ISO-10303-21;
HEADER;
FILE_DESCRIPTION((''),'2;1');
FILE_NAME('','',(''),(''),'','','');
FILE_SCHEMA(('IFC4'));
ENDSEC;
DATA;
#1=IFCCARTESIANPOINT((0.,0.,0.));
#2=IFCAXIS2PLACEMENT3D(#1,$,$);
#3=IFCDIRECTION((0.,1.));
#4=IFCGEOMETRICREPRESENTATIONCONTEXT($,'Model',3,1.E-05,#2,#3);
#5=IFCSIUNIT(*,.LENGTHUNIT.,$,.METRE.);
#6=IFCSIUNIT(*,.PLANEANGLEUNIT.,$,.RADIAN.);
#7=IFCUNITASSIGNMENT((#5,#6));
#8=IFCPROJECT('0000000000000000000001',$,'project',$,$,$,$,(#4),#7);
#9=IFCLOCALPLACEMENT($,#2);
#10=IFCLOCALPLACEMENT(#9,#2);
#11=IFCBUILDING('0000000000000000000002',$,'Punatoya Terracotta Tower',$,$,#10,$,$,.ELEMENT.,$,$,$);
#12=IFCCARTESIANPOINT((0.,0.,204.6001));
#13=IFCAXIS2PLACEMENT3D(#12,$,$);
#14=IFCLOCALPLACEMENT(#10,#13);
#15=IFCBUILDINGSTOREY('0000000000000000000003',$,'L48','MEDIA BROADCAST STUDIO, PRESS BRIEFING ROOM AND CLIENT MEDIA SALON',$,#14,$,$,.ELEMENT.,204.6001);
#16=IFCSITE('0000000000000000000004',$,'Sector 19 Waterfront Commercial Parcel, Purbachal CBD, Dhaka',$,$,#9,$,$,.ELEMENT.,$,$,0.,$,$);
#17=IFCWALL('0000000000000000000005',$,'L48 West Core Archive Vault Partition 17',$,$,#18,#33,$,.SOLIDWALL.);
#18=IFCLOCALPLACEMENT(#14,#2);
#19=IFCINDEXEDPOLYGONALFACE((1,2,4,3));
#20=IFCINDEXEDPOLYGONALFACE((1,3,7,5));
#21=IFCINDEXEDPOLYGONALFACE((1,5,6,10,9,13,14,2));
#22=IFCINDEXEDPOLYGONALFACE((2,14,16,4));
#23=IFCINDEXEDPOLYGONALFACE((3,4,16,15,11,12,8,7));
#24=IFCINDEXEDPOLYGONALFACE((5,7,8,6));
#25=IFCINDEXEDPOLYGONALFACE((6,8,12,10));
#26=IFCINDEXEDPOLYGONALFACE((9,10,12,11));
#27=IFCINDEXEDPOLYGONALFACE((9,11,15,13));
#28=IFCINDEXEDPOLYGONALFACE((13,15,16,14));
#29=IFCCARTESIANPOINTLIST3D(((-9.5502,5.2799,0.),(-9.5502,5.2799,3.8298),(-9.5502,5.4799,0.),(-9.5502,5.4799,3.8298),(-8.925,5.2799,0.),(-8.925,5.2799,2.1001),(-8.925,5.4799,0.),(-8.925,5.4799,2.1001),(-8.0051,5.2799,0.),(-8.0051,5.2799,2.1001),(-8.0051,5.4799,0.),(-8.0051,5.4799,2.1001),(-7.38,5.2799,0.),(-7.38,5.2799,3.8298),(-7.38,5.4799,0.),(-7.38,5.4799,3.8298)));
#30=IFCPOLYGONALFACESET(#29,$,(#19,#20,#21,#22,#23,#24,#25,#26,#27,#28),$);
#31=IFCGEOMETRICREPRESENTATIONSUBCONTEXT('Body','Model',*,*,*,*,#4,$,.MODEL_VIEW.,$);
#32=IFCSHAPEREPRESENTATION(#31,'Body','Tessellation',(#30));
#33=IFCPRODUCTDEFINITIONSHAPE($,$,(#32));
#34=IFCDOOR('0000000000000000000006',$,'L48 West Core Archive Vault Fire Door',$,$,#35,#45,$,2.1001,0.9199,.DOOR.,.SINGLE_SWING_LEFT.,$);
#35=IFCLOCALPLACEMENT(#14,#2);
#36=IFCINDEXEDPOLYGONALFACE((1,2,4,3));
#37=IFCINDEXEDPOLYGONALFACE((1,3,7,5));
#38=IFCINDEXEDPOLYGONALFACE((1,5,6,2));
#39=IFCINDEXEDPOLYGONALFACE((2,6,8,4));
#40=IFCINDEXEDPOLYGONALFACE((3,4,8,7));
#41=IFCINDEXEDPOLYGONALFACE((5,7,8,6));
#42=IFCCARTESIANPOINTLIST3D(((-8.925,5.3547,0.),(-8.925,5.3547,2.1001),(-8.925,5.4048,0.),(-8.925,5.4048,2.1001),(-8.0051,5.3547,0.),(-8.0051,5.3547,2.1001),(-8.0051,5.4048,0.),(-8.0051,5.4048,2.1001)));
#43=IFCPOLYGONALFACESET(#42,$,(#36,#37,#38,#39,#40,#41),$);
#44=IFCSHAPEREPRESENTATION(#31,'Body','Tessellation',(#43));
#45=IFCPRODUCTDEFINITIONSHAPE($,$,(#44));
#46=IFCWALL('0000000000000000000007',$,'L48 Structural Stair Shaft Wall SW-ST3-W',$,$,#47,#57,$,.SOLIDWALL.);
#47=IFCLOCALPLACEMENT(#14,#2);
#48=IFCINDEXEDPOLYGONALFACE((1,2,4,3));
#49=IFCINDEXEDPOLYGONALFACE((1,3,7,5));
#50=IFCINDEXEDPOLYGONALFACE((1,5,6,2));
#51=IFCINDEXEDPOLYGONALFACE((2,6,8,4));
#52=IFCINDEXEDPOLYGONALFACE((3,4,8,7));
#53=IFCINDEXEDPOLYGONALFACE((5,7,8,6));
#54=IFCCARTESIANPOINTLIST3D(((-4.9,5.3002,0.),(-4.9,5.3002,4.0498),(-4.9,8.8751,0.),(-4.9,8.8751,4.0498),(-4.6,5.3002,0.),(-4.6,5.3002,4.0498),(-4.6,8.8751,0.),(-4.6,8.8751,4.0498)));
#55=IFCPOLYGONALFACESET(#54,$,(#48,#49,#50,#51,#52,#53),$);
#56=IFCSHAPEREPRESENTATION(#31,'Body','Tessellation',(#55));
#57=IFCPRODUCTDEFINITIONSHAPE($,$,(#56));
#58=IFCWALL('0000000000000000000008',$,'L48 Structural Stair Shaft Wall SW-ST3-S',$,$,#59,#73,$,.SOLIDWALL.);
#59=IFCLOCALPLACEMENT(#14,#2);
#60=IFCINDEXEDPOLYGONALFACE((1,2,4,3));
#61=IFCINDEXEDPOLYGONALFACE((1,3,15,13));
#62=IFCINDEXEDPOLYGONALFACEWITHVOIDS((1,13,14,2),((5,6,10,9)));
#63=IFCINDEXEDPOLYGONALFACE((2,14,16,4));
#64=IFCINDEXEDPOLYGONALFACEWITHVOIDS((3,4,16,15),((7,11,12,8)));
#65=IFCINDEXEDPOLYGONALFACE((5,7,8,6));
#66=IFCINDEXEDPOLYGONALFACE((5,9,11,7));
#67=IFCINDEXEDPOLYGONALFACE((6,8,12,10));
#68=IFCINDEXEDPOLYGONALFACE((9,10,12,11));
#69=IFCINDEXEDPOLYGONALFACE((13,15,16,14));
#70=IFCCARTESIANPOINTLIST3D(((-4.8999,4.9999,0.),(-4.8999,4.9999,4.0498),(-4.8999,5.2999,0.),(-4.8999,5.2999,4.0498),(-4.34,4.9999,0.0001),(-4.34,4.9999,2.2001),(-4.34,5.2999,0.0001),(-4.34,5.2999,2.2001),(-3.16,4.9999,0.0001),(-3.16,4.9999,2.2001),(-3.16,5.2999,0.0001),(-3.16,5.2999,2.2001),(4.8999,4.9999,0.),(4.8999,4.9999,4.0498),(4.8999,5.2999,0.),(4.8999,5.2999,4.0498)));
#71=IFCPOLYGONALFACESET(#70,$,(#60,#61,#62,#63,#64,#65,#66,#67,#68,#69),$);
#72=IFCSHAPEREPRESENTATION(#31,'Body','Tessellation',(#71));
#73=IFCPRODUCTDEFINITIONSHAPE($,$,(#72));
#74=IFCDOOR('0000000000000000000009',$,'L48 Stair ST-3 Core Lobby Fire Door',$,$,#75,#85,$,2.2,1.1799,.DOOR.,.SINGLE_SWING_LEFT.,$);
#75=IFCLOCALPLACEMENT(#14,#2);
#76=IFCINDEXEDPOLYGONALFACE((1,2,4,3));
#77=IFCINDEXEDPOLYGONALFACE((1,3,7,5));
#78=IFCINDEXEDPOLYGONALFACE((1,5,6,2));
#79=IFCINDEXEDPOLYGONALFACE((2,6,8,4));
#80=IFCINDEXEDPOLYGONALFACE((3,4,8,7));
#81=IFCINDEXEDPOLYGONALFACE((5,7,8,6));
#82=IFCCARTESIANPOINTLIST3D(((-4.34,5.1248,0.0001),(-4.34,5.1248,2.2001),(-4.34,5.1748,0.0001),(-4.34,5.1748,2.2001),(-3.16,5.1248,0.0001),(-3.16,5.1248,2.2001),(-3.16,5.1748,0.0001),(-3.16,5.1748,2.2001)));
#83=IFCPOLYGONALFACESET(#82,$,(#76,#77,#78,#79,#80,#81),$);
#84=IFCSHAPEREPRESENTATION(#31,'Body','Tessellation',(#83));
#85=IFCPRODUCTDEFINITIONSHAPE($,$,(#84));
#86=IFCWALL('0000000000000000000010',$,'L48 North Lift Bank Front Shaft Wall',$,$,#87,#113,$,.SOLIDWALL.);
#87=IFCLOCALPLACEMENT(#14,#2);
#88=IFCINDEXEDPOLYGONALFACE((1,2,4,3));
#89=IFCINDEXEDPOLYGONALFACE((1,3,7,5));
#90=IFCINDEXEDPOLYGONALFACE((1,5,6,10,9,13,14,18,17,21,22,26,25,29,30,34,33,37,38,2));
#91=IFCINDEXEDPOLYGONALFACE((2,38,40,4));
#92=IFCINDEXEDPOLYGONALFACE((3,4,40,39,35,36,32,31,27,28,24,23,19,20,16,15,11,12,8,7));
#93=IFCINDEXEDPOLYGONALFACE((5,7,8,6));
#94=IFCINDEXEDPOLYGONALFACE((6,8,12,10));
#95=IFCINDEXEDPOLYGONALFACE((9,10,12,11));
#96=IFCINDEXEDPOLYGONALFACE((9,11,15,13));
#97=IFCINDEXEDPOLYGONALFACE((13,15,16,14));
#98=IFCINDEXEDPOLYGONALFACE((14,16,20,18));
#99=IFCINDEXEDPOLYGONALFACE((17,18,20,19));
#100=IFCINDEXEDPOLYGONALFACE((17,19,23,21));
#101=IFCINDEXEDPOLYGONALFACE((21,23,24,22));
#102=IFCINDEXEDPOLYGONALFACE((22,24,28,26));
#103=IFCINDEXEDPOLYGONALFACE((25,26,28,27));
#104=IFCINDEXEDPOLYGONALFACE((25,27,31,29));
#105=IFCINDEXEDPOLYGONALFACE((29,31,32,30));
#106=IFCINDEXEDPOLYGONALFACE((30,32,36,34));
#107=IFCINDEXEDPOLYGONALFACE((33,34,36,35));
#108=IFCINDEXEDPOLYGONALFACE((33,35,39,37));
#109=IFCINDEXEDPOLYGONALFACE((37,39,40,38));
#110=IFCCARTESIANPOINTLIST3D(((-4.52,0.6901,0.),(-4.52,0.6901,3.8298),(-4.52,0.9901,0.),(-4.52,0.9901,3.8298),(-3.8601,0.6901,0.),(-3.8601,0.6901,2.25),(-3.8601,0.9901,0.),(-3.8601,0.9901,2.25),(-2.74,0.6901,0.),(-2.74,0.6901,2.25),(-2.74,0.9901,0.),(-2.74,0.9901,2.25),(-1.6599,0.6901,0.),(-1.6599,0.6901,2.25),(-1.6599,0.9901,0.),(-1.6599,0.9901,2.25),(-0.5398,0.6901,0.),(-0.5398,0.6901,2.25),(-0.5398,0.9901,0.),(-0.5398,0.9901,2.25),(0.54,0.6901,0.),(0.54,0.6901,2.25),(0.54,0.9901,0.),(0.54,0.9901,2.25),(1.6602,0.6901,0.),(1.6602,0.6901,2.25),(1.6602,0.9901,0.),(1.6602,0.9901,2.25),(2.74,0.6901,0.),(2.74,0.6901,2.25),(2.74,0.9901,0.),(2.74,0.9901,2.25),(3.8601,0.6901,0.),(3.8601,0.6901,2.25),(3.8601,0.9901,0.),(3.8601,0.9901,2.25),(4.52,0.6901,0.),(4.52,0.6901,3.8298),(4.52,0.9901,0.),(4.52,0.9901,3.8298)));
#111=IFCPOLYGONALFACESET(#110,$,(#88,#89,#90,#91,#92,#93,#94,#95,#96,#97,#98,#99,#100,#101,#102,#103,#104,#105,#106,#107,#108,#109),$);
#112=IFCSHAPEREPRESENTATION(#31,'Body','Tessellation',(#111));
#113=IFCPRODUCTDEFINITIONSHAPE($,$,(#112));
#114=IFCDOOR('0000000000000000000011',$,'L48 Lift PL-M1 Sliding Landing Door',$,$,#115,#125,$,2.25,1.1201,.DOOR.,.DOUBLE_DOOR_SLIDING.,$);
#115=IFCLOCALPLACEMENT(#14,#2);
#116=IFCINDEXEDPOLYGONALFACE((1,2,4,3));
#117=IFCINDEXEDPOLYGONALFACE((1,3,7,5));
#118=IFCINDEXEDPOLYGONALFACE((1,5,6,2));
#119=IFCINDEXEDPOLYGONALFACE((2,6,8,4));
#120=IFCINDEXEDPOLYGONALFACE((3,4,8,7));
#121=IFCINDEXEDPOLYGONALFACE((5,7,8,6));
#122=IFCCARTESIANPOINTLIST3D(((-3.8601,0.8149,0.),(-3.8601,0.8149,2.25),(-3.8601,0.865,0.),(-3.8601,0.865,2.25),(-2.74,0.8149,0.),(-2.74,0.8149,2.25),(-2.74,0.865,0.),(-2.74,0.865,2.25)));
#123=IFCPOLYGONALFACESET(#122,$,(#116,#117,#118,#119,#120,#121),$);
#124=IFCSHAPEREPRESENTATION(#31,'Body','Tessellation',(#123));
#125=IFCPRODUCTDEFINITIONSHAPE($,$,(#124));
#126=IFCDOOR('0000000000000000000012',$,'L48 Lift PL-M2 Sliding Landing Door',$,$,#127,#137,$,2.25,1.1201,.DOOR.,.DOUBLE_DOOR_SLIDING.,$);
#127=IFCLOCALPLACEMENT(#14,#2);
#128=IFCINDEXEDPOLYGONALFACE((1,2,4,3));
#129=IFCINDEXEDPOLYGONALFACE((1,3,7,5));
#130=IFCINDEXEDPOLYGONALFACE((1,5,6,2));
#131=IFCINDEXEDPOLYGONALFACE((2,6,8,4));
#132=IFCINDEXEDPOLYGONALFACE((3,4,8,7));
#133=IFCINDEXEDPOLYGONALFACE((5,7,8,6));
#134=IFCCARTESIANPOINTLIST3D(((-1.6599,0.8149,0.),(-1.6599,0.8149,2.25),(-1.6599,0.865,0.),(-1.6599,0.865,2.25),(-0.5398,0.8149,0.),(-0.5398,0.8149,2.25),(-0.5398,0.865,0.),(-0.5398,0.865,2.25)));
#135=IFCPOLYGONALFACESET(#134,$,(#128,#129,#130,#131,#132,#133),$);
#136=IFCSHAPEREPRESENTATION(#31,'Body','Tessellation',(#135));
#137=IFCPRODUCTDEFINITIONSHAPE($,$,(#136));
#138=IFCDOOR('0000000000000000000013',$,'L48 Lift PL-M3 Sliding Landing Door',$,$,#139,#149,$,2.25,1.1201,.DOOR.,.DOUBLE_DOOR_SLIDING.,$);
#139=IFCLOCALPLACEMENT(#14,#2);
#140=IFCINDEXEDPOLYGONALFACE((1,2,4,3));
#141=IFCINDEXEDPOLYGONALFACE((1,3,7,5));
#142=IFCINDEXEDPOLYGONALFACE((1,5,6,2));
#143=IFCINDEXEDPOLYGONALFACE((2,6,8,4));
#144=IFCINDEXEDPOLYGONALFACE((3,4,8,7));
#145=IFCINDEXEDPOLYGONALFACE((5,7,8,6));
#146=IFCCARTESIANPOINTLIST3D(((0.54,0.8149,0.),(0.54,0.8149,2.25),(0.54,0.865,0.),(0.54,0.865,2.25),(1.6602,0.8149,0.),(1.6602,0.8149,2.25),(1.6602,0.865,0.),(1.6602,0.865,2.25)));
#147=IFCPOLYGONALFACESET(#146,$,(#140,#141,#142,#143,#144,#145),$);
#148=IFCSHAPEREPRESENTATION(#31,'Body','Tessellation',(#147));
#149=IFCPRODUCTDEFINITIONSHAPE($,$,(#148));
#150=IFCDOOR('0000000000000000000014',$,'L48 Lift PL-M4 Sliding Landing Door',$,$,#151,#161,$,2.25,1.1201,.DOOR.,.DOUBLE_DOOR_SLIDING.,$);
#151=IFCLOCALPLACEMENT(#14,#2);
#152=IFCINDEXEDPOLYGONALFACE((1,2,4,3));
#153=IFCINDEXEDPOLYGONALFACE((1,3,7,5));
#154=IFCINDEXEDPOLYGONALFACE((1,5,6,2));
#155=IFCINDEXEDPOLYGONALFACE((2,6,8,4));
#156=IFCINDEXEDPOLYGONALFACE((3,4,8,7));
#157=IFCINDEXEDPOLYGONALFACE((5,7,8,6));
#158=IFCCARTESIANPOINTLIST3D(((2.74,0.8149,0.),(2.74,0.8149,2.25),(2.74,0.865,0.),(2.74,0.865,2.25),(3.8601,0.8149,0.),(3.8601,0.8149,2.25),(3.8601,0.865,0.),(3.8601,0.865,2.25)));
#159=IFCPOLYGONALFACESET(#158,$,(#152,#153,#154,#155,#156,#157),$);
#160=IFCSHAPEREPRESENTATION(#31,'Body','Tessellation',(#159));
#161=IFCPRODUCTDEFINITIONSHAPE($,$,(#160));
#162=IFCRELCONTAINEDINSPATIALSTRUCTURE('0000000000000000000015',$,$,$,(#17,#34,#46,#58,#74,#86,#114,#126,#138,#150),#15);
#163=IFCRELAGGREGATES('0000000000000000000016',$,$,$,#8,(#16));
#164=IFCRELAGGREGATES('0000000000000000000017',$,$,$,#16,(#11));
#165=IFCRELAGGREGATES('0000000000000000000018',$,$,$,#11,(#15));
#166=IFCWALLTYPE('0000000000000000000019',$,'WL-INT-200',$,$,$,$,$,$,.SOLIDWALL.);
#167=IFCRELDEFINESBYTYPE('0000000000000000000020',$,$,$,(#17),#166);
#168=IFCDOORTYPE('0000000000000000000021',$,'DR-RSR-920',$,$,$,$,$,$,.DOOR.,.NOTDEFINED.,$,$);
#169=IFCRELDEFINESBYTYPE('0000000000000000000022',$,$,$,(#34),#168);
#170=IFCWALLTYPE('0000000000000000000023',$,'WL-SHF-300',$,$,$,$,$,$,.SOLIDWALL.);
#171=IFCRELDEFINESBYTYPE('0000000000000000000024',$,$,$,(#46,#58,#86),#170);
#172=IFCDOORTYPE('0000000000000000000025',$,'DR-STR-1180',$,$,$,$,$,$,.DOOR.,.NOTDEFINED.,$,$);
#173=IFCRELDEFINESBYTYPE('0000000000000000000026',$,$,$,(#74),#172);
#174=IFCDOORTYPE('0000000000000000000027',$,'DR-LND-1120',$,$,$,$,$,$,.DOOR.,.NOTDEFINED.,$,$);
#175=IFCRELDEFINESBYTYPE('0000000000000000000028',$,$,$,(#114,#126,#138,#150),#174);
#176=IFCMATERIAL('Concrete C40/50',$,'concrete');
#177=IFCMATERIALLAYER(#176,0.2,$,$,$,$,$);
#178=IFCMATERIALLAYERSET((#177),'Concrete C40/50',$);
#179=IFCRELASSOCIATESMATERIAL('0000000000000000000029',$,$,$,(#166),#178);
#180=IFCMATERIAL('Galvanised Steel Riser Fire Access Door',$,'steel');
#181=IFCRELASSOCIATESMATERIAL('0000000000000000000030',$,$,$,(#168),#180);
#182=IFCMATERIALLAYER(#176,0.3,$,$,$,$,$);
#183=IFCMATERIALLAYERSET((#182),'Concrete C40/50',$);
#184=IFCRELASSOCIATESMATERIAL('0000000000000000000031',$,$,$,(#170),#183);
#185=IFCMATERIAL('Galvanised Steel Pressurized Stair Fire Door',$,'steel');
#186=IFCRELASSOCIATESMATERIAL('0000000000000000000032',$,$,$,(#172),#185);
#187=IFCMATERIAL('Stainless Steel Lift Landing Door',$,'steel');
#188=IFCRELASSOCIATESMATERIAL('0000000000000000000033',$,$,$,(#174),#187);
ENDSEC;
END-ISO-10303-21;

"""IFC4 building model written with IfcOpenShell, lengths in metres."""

from ifc_helpers import new_model, si_unit, direction, frame, frame_2d, origin, place, context, subcontext, project, spatial, rectangle, extrude, material, layer, layer_set, type_object, element, fill, save


model = new_model("IFC4")

# Units and contexts
model_context = context("Model", 3, precision=1e-05, world=origin(), true_north=direction((0.0, 1.0)))
body_context = subcontext(model_context, "Body", "Model", "MODEL_VIEW")
ifc_project = project(units=[si_unit("LENGTHUNIT", "METRE"), si_unit("PLANEANGLEUNIT", "RADIAN")], contexts=[model_context])

# Site, building, storey
site_placement = place(None, origin())
site = spatial("IfcSite", under=ifc_project, at=site_placement, Name="Sector 19 Waterfront Commercial Parcel, Purbachal CBD, Dhaka", CompositionType="ELEMENT", RefElevation=0.0)
building_placement = place(site_placement, origin())
building = spatial("IfcBuilding", under=site, at=building_placement, Name="Punatoya Terracotta Tower", CompositionType="ELEMENT")
storey_placement = place(building_placement, frame((0.0, 0.0, 204.6001)))
storey = spatial("IfcBuildingStorey", under=building, at=storey_placement, Name="L48", Description="MEDIA BROADCAST STUDIO, PRESS BRIEFING ROOM AND CLIENT MEDIA SALON", CompositionType="ELEMENT", Elevation=204.6001)

# Shared definitions
ifc_material_1 = material(Name="Concrete C40/50", Category="concrete")
ifc_layer_1 = layer(ifc_material_1, 0.2)
ifc_layer_set_1 = layer_set([ifc_layer_1], Name="Concrete C40/50")
wall_type_1 = type_object("IfcWallType", Name="WL-INT-200", PredefinedType="SOLIDWALL", material=ifc_layer_set_1)

# Wall, opening, door
wall_1_placement = place(storey_placement, frame((-9.55, 5.3799, 0.0), z_axis=(0.0, 0.0, 1.0), x_axis=(1.0, 0.0, 0.0)))
wall_1 = element("IfcWall", 1, at=wall_1_placement, inside=storey, type_object=wall_type_1, Name="L48 West Core Archive Vault Partition 17", PredefinedType="SOLIDWALL", context=body_context, shape_type="SweptSolid", body=[
    extrude(rectangle(XDim=2.1702, YDim=0.2, at=frame_2d((1.085, 0.0))), origin(), (0.0, 0.0, 1.0), 3.8298),
])
opening_1_placement = place(wall_1_placement, frame((0.625, 0.0, 0.0)))
opening_1 = element("IfcOpeningElement", 2, at=opening_1_placement, cuts=wall_1, PredefinedType="OPENING", context=body_context, shape_type="SweptSolid", body=[
    extrude(rectangle(XDim=0.9199, YDim=2.1001, at=frame_2d((0.46, 1.05))), frame((0.0, 0.1099, 0.0), z_axis=(0.0, -1.0, 0.0), x_axis=(1.0, 0.0, 0.0)), (0.0, 0.0, 1.0), 0.22),
])
ifc_material_2 = material(Name="Galvanised Steel Riser Fire Access Door", Category="steel")
door_type_1 = type_object("IfcDoorType", Name="DR-RSR-920", OperationType="NOTDEFINED", PredefinedType="DOOR", material=ifc_material_2)
door_1_placement = place(opening_1_placement, origin())
door_1 = element("IfcDoor", 3, at=door_1_placement, inside=storey, type_object=door_type_1, Name="L48 West Core Archive Vault Fire Door", OperationType="SINGLE_SWING_LEFT", OverallHeight=2.1001, OverallWidth=0.9199, PredefinedType="DOOR", context=body_context, shape_type="SweptSolid", body=[
    extrude(rectangle(XDim=0.9199, YDim=2.1001, at=frame_2d((0.46, 1.05))), frame((0.0, 0.0249, 0.0), z_axis=(0.0, -1.0, 0.0), x_axis=(1.0, 0.0, 0.0)), (0.0, 0.0, 1.0), 0.05),
])
fill(opening_1, door_1)

# Wall
ifc_layer_2 = layer(ifc_material_1, 0.3)
ifc_layer_set_2 = layer_set([ifc_layer_2], Name="Concrete C40/50")
wall_type_2 = type_object("IfcWallType", Name="WL-SHF-300", PredefinedType="SOLIDWALL", material=ifc_layer_set_2)
wall_2_placement = place(storey_placement, frame((-4.75, 5.3, 0.0), z_axis=(0.0, 0.0, 1.0), x_axis=(0.0, 1.0, 0.0)))
element("IfcWall", 4, at=wall_2_placement, inside=storey, type_object=wall_type_2, Name="L48 Structural Stair Shaft Wall SW-ST3-W", PredefinedType="SOLIDWALL", context=body_context, shape_type="SweptSolid", body=[
    extrude(rectangle(XDim=3.575, YDim=0.3, at=frame_2d((1.7876, 0.0))), origin(), (0.0, 0.0, 1.0), 4.0498),
])

# Wall, opening, door
wall_3_placement = place(storey_placement, frame((-4.8999, 5.1499, 0.0), z_axis=(0.0, 0.0, 1.0), x_axis=(1.0, 0.0, 0.0)))
wall_3 = element("IfcWall", 5, at=wall_3_placement, inside=storey, type_object=wall_type_2, Name="L48 Structural Stair Shaft Wall SW-ST3-S", PredefinedType="SOLIDWALL", context=body_context, shape_type="SweptSolid", body=[
    extrude(rectangle(XDim=9.7998, YDim=0.3, at=frame_2d((4.8999, 0.0))), origin(), (0.0, 0.0, 1.0), 4.0498),
])
opening_2_placement = place(wall_3_placement, frame((0.5601, 0.0, 0.0)))
opening_2 = element("IfcOpeningElement", 6, at=opening_2_placement, cuts=wall_3, PredefinedType="OPENING", context=body_context, shape_type="SweptSolid", body=[
    extrude(rectangle(XDim=1.1799, YDim=2.2, at=frame_2d((0.5898, 1.1001))), frame((0.0, 0.1599, 0.0), z_axis=(0.0, -1.0, 0.0), x_axis=(1.0, 0.0, 0.0)), (0.0, 0.0, 1.0), 0.3201),
])
ifc_material_3 = material(Name="Galvanised Steel Pressurized Stair Fire Door", Category="steel")
door_type_2 = type_object("IfcDoorType", Name="DR-STR-1180", OperationType="NOTDEFINED", PredefinedType="DOOR", material=ifc_material_3)
door_2_placement = place(opening_2_placement, origin())
door_2 = element("IfcDoor", 7, at=door_2_placement, inside=storey, type_object=door_type_2, Name="L48 Stair ST-3 Core Lobby Fire Door", OperationType="SINGLE_SWING_LEFT", OverallHeight=2.2, OverallWidth=1.1799, PredefinedType="DOOR", context=body_context, shape_type="SweptSolid", body=[
    extrude(rectangle(XDim=1.1799, YDim=2.2, at=frame_2d((0.5898, 1.1001))), frame((0.0, 0.0249, 0.0), z_axis=(0.0, -1.0, 0.0), x_axis=(1.0, 0.0, 0.0)), (0.0, 0.0, 1.0), 0.05),
])
fill(opening_2, door_2)

# Wall, openings, doors
wall_4_placement = place(storey_placement, frame((-4.52, 0.8401, 0.0), z_axis=(0.0, 0.0, 1.0), x_axis=(1.0, 0.0, 0.0)))
wall_4 = element("IfcWall", 8, at=wall_4_placement, inside=storey, type_object=wall_type_2, Name="L48 North Lift Bank Front Shaft Wall", PredefinedType="SOLIDWALL", context=body_context, shape_type="SweptSolid", body=[
    extrude(rectangle(XDim=9.04, YDim=0.3, at=frame_2d((4.52, 0.0))), origin(), (0.0, 0.0, 1.0), 3.8298),
])
opening_3_placement = place(wall_4_placement, frame((0.6599, 0.0, 0.0)))
opening_3 = element("IfcOpeningElement", 9, at=opening_3_placement, cuts=wall_4, PredefinedType="OPENING", context=body_context, shape_type="SweptSolid", body=[
    extrude(rectangle(XDim=1.1201, YDim=2.25, at=frame_2d((0.5601, 1.125))), frame((0.0, 0.1599, 0.0), z_axis=(0.0, -1.0, 0.0), x_axis=(1.0, 0.0, 0.0)), (0.0, 0.0, 1.0), 0.3201),
])
opening_4_placement = place(wall_4_placement, frame((2.8601, 0.0, 0.0)))
opening_4 = element("IfcOpeningElement", 10, at=opening_4_placement, cuts=wall_4, PredefinedType="OPENING", context=body_context, shape_type="SweptSolid", body=[
    extrude(rectangle(XDim=1.1201, YDim=2.25, at=frame_2d((0.5601, 1.125))), frame((0.0, 0.1599, 0.0), z_axis=(0.0, -1.0, 0.0), x_axis=(1.0, 0.0, 0.0)), (0.0, 0.0, 1.0), 0.3201),
])
opening_5_placement = place(wall_4_placement, frame((5.0601, 0.0, 0.0)))
opening_5 = element("IfcOpeningElement", 11, at=opening_5_placement, cuts=wall_4, PredefinedType="OPENING", context=body_context, shape_type="SweptSolid", body=[
    extrude(rectangle(XDim=1.1201, YDim=2.25, at=frame_2d((0.5601, 1.125))), frame((0.0, 0.1599, 0.0), z_axis=(0.0, -1.0, 0.0), x_axis=(1.0, 0.0, 0.0)), (0.0, 0.0, 1.0), 0.3201),
])
opening_6_placement = place(wall_4_placement, frame((7.26, 0.0, 0.0)))
opening_6 = element("IfcOpeningElement", 12, at=opening_6_placement, cuts=wall_4, PredefinedType="OPENING", context=body_context, shape_type="SweptSolid", body=[
    extrude(rectangle(XDim=1.1201, YDim=2.25, at=frame_2d((0.5601, 1.125))), frame((0.0, 0.1599, 0.0), z_axis=(0.0, -1.0, 0.0), x_axis=(1.0, 0.0, 0.0)), (0.0, 0.0, 1.0), 0.3201),
])
ifc_material_4 = material(Name="Stainless Steel Lift Landing Door", Category="steel")
door_type_3 = type_object("IfcDoorType", Name="DR-LND-1120", OperationType="NOTDEFINED", PredefinedType="DOOR", material=ifc_material_4)
door_3_placement = place(opening_3_placement, origin())
door_3 = element("IfcDoor", 13, at=door_3_placement, inside=storey, type_object=door_type_3, Name="L48 Lift PL-M1 Sliding Landing Door", OperationType="DOUBLE_DOOR_SLIDING", OverallHeight=2.25, OverallWidth=1.1201, PredefinedType="DOOR", context=body_context, shape_type="SweptSolid", body=[
    extrude(rectangle(XDim=1.1201, YDim=2.25, at=frame_2d((0.5601, 1.125))), frame((0.0, 0.0249, 0.0), z_axis=(0.0, -1.0, 0.0), x_axis=(1.0, 0.0, 0.0)), (0.0, 0.0, 1.0), 0.05),
])
fill(opening_3, door_3)
door_4_placement = place(opening_4_placement, origin())
door_4 = element("IfcDoor", 14, at=door_4_placement, inside=storey, type_object=door_type_3, Name="L48 Lift PL-M2 Sliding Landing Door", OperationType="DOUBLE_DOOR_SLIDING", OverallHeight=2.25, OverallWidth=1.1201, PredefinedType="DOOR", context=body_context, shape_type="SweptSolid", body=[
    extrude(rectangle(XDim=1.1201, YDim=2.25, at=frame_2d((0.5601, 1.125))), frame((0.0, 0.0249, 0.0), z_axis=(0.0, -1.0, 0.0), x_axis=(1.0, 0.0, 0.0)), (0.0, 0.0, 1.0), 0.05),
])
fill(opening_4, door_4)
door_5_placement = place(opening_5_placement, origin())
door_5 = element("IfcDoor", 15, at=door_5_placement, inside=storey, type_object=door_type_3, Name="L48 Lift PL-M3 Sliding Landing Door", OperationType="DOUBLE_DOOR_SLIDING", OverallHeight=2.25, OverallWidth=1.1201, PredefinedType="DOOR", context=body_context, shape_type="SweptSolid", body=[
    extrude(rectangle(XDim=1.1201, YDim=2.25, at=frame_2d((0.5601, 1.125))), frame((0.0, 0.0249, 0.0), z_axis=(0.0, -1.0, 0.0), x_axis=(1.0, 0.0, 0.0)), (0.0, 0.0, 1.0), 0.05),
])
fill(opening_5, door_5)
door_6_placement = place(opening_6_placement, origin())
door_6 = element("IfcDoor", 16, at=door_6_placement, inside=storey, type_object=door_type_3, Name="L48 Lift PL-M4 Sliding Landing Door", OperationType="DOUBLE_DOOR_SLIDING", OverallHeight=2.25, OverallWidth=1.1201, PredefinedType="DOOR", context=body_context, shape_type="SweptSolid", body=[
    extrude(rectangle(XDim=1.1201, YDim=2.25, at=frame_2d((0.5601, 1.125))), frame((0.0, 0.0249, 0.0), z_axis=(0.0, -1.0, 0.0), x_axis=(1.0, 0.0, 0.0)), (0.0, 0.0, 1.0), 0.05),
])
fill(opening_6, door_6)

save(model, "model.ifc")
